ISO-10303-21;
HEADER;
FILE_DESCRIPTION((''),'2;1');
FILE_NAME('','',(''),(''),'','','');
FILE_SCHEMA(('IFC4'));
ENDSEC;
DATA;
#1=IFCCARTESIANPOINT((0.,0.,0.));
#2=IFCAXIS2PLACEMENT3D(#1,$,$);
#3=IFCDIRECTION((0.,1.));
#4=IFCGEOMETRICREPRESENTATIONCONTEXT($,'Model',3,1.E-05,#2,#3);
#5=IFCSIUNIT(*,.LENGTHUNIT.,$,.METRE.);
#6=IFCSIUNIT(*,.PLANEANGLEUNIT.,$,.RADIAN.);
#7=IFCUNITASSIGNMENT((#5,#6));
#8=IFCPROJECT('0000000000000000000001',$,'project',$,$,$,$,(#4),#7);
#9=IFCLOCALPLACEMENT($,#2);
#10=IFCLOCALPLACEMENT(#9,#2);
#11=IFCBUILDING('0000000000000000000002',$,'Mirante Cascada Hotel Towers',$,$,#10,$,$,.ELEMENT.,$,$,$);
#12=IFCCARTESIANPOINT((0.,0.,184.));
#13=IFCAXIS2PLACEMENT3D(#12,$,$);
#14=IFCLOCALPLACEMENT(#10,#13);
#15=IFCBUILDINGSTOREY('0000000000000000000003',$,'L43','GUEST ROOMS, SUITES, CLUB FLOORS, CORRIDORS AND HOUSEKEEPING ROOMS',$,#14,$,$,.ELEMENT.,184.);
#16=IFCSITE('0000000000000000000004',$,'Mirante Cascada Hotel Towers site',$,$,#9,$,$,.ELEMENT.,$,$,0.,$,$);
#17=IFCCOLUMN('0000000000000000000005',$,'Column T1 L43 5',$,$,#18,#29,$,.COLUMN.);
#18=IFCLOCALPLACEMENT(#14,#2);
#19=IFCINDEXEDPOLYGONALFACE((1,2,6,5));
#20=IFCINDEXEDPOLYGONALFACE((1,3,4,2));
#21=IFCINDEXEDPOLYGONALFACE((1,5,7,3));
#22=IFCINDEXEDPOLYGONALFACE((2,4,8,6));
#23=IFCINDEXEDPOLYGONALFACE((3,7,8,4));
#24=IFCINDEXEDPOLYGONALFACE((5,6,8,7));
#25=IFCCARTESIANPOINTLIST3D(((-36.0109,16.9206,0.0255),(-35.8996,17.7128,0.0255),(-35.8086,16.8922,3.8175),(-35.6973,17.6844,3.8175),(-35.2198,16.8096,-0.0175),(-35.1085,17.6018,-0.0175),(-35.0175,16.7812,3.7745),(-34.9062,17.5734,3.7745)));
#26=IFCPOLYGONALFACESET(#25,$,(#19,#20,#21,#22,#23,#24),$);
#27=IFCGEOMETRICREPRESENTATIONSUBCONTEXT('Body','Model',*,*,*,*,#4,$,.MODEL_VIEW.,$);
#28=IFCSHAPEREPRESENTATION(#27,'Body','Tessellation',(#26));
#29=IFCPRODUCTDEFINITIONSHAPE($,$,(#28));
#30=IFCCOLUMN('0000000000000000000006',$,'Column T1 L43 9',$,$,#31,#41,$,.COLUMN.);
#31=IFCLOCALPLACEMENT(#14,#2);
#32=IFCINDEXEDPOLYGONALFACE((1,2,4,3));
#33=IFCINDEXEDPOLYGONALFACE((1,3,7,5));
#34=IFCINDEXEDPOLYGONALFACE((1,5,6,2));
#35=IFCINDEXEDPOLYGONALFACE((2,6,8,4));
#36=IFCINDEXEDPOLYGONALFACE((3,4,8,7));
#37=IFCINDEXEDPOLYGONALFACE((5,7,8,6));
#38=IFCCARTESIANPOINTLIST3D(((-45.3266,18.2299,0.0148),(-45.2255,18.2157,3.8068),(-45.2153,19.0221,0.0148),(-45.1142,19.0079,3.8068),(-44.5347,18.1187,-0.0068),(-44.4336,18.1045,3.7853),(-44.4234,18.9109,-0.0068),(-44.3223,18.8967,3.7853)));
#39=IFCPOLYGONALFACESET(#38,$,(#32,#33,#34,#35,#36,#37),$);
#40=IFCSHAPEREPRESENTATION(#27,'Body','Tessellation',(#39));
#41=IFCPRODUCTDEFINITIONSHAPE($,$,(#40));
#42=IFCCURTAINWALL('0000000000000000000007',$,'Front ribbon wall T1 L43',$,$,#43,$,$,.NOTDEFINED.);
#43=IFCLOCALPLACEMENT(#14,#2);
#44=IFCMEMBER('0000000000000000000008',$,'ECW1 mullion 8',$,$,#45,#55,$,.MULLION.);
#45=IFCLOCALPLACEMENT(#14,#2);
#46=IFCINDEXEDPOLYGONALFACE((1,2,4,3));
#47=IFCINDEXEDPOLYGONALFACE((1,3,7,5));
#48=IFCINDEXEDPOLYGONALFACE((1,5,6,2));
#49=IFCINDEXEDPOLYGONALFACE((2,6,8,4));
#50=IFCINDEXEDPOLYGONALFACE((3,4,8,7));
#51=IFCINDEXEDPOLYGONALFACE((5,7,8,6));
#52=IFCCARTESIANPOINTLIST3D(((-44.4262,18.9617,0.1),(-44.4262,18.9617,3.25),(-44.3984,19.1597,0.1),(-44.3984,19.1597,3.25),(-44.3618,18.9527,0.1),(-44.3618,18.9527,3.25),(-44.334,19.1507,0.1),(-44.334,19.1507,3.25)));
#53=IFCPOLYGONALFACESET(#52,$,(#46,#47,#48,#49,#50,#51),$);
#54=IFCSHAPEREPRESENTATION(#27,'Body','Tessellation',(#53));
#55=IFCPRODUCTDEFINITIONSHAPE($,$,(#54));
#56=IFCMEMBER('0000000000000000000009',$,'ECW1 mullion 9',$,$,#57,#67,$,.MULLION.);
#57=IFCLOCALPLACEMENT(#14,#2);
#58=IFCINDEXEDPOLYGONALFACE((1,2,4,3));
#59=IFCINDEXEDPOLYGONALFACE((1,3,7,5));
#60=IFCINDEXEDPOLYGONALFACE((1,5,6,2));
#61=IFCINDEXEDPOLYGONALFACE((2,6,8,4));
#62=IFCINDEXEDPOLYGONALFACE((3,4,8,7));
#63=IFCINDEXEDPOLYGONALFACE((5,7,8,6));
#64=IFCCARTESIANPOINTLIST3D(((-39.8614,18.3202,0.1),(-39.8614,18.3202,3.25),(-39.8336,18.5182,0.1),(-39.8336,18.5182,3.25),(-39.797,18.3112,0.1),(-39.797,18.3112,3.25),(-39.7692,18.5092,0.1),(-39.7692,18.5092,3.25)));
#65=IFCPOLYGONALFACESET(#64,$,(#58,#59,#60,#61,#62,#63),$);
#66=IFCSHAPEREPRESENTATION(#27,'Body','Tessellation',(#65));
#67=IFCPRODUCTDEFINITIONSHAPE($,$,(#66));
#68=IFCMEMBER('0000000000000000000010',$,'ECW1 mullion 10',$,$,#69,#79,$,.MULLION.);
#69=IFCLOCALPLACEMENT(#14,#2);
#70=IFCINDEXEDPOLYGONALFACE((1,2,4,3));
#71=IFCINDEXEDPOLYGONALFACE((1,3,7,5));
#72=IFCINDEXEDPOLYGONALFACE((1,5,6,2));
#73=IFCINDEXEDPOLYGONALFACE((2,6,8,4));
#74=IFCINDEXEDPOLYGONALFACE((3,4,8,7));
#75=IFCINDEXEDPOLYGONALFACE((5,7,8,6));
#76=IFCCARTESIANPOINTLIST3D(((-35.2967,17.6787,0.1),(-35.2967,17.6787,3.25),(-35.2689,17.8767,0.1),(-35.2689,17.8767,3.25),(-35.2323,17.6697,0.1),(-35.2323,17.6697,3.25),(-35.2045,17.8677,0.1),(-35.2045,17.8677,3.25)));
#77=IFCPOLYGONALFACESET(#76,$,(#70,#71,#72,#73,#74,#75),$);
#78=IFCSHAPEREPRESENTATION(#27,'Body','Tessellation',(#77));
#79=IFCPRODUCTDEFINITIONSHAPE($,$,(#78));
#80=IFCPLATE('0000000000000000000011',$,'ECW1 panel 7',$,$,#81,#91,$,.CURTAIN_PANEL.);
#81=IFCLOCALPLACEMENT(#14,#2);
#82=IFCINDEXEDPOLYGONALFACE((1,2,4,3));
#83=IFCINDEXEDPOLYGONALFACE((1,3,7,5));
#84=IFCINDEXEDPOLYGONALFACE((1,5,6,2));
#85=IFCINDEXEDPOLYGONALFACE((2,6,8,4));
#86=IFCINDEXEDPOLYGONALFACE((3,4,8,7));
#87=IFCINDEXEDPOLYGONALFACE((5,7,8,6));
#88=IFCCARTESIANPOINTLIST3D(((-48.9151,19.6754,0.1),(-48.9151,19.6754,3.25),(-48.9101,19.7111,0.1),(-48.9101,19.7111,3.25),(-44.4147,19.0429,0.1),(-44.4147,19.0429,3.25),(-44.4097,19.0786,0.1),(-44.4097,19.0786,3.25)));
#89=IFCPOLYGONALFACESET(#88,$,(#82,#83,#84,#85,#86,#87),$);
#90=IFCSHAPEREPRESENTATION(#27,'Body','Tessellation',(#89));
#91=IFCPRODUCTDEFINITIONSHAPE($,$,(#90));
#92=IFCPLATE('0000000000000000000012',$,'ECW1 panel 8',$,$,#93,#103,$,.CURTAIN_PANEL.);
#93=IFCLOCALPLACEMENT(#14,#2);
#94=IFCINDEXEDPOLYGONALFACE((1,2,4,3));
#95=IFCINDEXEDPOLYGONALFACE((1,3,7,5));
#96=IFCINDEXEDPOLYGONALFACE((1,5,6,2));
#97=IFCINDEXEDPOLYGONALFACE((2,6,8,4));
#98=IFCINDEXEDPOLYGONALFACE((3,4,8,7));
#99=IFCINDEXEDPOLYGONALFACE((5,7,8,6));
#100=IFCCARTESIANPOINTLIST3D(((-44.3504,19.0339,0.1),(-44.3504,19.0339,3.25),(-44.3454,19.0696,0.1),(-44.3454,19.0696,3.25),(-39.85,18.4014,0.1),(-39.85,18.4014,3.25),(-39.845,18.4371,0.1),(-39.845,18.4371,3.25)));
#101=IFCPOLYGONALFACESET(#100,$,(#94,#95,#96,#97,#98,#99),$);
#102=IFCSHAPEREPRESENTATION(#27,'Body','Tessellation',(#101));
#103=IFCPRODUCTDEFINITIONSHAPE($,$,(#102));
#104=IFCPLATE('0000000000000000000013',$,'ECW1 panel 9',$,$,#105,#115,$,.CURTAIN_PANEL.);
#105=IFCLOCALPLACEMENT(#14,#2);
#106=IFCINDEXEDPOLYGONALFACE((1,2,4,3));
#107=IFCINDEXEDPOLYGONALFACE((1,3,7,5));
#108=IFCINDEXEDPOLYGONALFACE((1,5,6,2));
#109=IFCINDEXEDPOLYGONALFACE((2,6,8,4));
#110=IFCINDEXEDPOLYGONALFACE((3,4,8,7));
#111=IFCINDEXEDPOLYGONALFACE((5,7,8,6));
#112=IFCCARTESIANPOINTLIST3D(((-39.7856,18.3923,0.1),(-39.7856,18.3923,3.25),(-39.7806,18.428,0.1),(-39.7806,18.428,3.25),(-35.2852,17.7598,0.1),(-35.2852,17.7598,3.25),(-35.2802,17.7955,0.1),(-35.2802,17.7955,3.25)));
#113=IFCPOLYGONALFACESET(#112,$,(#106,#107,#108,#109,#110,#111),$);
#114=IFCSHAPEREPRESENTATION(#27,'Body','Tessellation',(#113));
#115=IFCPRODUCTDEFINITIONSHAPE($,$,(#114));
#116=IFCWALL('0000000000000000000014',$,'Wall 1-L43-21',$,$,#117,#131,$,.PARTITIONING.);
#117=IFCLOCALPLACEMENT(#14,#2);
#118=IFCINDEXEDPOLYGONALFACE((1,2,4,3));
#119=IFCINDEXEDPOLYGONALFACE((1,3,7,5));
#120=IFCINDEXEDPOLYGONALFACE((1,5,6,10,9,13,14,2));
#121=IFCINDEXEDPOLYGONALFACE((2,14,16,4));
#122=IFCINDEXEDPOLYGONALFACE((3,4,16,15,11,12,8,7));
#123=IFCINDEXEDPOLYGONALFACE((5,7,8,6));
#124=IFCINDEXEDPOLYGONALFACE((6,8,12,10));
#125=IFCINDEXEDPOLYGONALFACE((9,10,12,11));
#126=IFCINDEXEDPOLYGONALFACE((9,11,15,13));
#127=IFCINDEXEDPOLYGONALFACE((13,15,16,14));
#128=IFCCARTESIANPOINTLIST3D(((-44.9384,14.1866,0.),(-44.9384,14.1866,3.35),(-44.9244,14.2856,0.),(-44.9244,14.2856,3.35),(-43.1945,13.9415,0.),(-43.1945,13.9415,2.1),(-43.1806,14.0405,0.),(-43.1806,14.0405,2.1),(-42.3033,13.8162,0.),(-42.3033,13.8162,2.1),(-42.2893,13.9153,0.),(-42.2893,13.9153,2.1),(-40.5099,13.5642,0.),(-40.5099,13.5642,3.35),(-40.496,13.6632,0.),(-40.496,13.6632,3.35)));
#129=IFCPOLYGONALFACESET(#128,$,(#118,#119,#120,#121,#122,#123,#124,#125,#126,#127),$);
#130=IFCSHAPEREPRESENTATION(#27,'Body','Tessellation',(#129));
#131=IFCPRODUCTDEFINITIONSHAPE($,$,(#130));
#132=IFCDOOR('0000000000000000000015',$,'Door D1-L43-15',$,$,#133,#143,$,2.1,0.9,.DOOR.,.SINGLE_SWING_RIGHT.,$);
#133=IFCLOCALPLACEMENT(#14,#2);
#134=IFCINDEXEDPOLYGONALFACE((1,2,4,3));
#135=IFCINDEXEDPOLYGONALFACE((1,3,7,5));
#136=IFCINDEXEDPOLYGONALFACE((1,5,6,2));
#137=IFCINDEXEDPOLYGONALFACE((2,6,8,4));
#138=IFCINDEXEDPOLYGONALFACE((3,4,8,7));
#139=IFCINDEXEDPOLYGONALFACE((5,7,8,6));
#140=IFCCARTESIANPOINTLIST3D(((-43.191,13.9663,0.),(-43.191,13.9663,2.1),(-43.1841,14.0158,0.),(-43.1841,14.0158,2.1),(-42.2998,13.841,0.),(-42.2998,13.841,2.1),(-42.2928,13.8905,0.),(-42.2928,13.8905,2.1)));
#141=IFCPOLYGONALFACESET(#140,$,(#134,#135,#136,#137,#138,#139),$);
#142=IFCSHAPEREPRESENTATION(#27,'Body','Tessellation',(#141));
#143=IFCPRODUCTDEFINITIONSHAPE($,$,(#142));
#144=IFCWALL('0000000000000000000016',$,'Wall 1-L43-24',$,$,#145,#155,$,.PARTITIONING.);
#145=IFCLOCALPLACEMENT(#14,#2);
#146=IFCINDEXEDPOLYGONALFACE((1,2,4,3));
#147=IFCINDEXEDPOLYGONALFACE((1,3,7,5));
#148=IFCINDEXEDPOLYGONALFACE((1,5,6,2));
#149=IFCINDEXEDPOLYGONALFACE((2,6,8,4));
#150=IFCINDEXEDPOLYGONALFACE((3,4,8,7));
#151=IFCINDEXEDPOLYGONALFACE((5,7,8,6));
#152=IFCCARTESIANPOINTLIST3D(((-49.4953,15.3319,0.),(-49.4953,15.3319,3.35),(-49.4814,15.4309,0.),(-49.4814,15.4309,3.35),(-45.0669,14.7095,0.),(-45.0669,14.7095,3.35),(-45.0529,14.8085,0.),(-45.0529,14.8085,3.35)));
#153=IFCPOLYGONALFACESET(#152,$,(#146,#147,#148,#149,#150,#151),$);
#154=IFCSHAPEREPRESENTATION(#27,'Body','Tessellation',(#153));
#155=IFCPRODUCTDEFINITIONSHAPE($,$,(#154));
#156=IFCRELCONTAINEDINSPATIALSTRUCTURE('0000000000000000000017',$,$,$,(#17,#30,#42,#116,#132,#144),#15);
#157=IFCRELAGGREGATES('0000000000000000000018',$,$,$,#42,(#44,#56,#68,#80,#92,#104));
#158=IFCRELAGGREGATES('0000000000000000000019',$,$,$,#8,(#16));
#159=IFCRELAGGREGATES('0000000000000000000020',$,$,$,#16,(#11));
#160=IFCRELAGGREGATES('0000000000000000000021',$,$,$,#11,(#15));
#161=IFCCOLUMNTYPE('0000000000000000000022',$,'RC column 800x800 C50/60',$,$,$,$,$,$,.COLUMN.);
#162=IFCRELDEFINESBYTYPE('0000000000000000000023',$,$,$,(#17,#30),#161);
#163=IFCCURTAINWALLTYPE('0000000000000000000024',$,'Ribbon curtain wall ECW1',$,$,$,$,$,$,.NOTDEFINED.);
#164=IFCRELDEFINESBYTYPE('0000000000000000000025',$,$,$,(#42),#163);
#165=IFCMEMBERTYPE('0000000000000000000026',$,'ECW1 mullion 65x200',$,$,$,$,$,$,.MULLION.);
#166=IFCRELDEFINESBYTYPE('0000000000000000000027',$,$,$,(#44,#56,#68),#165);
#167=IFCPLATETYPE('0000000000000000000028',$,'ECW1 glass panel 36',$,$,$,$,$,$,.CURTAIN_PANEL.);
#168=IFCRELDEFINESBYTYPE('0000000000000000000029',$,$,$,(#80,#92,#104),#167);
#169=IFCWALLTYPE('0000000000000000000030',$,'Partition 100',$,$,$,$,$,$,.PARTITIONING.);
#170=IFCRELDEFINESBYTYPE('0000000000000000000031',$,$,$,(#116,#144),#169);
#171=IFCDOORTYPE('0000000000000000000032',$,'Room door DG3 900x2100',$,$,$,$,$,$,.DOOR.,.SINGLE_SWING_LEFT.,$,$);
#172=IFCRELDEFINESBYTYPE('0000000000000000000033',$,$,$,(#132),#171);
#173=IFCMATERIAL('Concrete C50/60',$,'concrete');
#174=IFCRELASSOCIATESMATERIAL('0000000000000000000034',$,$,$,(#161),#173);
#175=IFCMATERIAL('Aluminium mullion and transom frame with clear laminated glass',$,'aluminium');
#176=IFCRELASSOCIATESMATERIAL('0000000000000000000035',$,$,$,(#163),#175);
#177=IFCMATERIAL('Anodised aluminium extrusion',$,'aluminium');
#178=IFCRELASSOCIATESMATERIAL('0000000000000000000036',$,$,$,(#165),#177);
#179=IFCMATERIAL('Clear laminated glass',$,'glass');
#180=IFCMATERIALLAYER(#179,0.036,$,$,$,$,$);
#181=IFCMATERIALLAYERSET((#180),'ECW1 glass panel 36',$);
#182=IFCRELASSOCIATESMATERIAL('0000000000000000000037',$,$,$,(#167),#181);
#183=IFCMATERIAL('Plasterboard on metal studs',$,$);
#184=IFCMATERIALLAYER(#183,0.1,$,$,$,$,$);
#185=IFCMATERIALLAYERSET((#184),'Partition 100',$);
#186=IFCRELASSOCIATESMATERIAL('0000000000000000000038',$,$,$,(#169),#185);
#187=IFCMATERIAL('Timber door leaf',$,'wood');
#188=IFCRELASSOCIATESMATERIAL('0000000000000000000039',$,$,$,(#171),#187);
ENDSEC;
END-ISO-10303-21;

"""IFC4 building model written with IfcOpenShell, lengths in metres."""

from ifc_helpers import new_model, si_unit, direction, frame, frame_2d, origin, origin_2d, place, context, subcontext, project, spatial, rectangle, extrude, material, layer, layer_set, material_profile, profile_set, type_object, element, fill, aggregate, save


model = new_model("IFC4")

# Units and contexts
model_context = context("Model", 3, precision=1e-05, world=origin(), true_north=direction((0.0, 1.0)))
body_context = subcontext(model_context, "Body", "Model", "MODEL_VIEW")
ifc_project = project(units=[si_unit("LENGTHUNIT", "METRE"), si_unit("PLANEANGLEUNIT", "RADIAN")], contexts=[model_context])

# Site, building, storey
site_placement = place(None, origin())
site = spatial("IfcSite", under=ifc_project, at=site_placement, Name="Mirante Cascada Hotel Towers site", CompositionType="ELEMENT", RefElevation=0.0)
building_placement = place(site_placement, origin())
building = spatial("IfcBuilding", under=site, at=building_placement, Name="Mirante Cascada Hotel Towers", CompositionType="ELEMENT")
storey_placement = place(building_placement, frame((0.0, 0.0, 184.0)))
storey = spatial("IfcBuildingStorey", under=building, at=storey_placement, Name="L43", Description="GUEST ROOMS, SUITES, CLUB FLOORS, CORRIDORS AND HOUSEKEEPING ROOMS", CompositionType="ELEMENT", Elevation=184.0)

# Columns
ifc_material_1 = material(Name="Concrete C50/60", Category="concrete")
ifc_material_profile_1 = material_profile(ifc_material_1, rectangle(XDim=0.8, YDim=0.8, at=origin_2d()), Name="RC column 800x800 C50/60")
ifc_profile_set_1 = profile_set([ifc_material_profile_1], Name="Concrete C50/60")
column_type = type_object("IfcColumnType", Name="RC column 800x800 C50/60", PredefinedType="COLUMN", material=ifc_profile_set_1)
column_1_placement = place(storey_placement, frame((-35.5597, 17.2612, 0.004), z_axis=(0.053272, -0.007479, 0.998552), x_axis=(0.139022, 0.990289, 0.0)))
element("IfcColumn", 1, at=column_1_placement, inside=storey, type_object=column_type, Name="Column T1 L43 5", PredefinedType="COLUMN", context=body_context, shape_type="SweptSolid", body=[
    extrude(rectangle(XDim=0.8, YDim=0.8, at=origin_2d()), origin(), (0.0, 0.0, 1.0), 3.7975),
])
column_2_placement = place(storey_placement, frame((-44.875, 18.5704, 0.004), z_axis=(0.026652, -0.003743, 0.999638), x_axis=(0.13909, 0.99028, 0.0)))
element("IfcColumn", 2, at=column_2_placement, inside=storey, type_object=column_type, Name="Column T1 L43 9", PredefinedType="COLUMN", context=body_context, shape_type="SweptSolid", body=[
    extrude(rectangle(XDim=0.8, YDim=0.8, at=origin_2d()), origin(), (0.0, 0.0, 1.0), 3.7934),
])

# Curtain wall, members, plates
ifc_material_2 = material(Name="Aluminium mullion and transom frame with clear laminated glass", Category="aluminium")
curtain_wall_type = type_object("IfcCurtainWallType", Name="Ribbon curtain wall ECW1", PredefinedType="NOTDEFINED", material=ifc_material_2)
curtain_wall_placement = place(storey_placement, origin())
curtain_wall = element("IfcCurtainWall", 3, at=curtain_wall_placement, inside=storey, type_object=curtain_wall_type, Name="Front ribbon wall T1 L43", PredefinedType="NOTDEFINED")
ifc_material_3 = material(Name="Anodised aluminium extrusion", Category="aluminium")
ifc_material_profile_2 = material_profile(ifc_material_3, rectangle(XDim=0.2, YDim=0.065, at=origin_2d()), Name="ECW1 MULLION 65x200")
ifc_profile_set_2 = profile_set([ifc_material_profile_2], Name="Anodised aluminium extrusion")
member_type = type_object("IfcMemberType", Name="ECW1 mullion 65x200", PredefinedType="MULLION", material=ifc_profile_set_2)
member_1_placement = place(storey_placement, frame((-44.3801, 19.0562, 0.1), z_axis=(0.0, 0.0, 1.0), x_axis=(0.139173, 0.990268, 0.0)))
member_1 = element("IfcMember", 4, at=member_1_placement, type_object=member_type, Name="ECW1 mullion 8", PredefinedType="MULLION", context=body_context, shape_type="SweptSolid", body=[
    extrude(rectangle(XDim=0.2, YDim=0.065, at=origin_2d()), origin(), (0.0, 0.0, 1.0), 3.15),
])
member_2_placement = place(storey_placement, frame((-39.8153, 18.4147, 0.1), z_axis=(0.0, 0.0, 1.0), x_axis=(0.139173, 0.990268, 0.0)))
member_2 = element("IfcMember", 5, at=member_2_placement, type_object=member_type, Name="ECW1 mullion 9", PredefinedType="MULLION", context=body_context, shape_type="SweptSolid", body=[
    extrude(rectangle(XDim=0.2, YDim=0.065, at=origin_2d()), origin(), (0.0, 0.0, 1.0), 3.15),
])
member_3_placement = place(storey_placement, frame((-35.2506, 17.7732, 0.1), z_axis=(0.0, 0.0, 1.0), x_axis=(0.139173, 0.990268, 0.0)))
member_3 = element("IfcMember", 6, at=member_3_placement, type_object=member_type, Name="ECW1 mullion 10", PredefinedType="MULLION", context=body_context, shape_type="SweptSolid", body=[
    extrude(rectangle(XDim=0.2, YDim=0.065, at=origin_2d()), origin(), (0.0, 0.0, 1.0), 3.15),
])
ifc_material_4 = material(Name="Clear laminated glass", Category="glass")
ifc_layer_1 = layer(ifc_material_4, 0.036)
ifc_layer_set_1 = layer_set([ifc_layer_1], Name="ECW1 glass panel 36")
plate_type = type_object("IfcPlateType", Name="ECW1 glass panel 36", PredefinedType="CURTAIN_PANEL", material=ifc_layer_set_1)
plate_1_placement = place(storey_placement, frame((-46.6624, 19.377, 0.1), z_axis=(0.0, 0.0, 1.0), x_axis=(0.990268, -0.139173, 0.0)))
plate_1 = element("IfcPlate", 7, at=plate_1_placement, type_object=plate_type, Name="ECW1 panel 7", PredefinedType="CURTAIN_PANEL", context=body_context, shape_type="SweptSolid", body=[
    extrude(rectangle(XDim=4.5446, YDim=0.036, at=origin_2d()), origin(), (0.0, 0.0, 1.0), 3.15),
])
plate_2_placement = place(storey_placement, frame((-42.0977, 18.7355, 0.1), z_axis=(0.0, 0.0, 1.0), x_axis=(0.990268, -0.139173, 0.0)))
plate_2 = element("IfcPlate", 8, at=plate_2_placement, type_object=plate_type, Name="ECW1 panel 8", PredefinedType="CURTAIN_PANEL", context=body_context, shape_type="SweptSolid", body=[
    extrude(rectangle(XDim=4.5446, YDim=0.036, at=origin_2d()), origin(), (0.0, 0.0, 1.0), 3.15),
])
plate_3_placement = place(storey_placement, frame((-37.5329, 18.0939, 0.1), z_axis=(0.0, 0.0, 1.0), x_axis=(0.990268, -0.139173, 0.0)))
plate_3 = element("IfcPlate", 9, at=plate_3_placement, type_object=plate_type, Name="ECW1 panel 9", PredefinedType="CURTAIN_PANEL", context=body_context, shape_type="SweptSolid", body=[
    extrude(rectangle(XDim=4.5446, YDim=0.036, at=origin_2d()), origin(), (0.0, 0.0, 1.0), 3.15),
])
aggregate(curtain_wall, [member_1, member_2, member_3, plate_1, plate_2, plate_3])

# Wall, opening, door
ifc_material_5 = material(Name="Plasterboard on metal studs")
ifc_layer_2 = layer(ifc_material_5, 0.1)
ifc_layer_set_2 = layer_set([ifc_layer_2], Name="Partition 100")
wall_type = type_object("IfcWallType", Name="Partition 100", PredefinedType="PARTITIONING", material=ifc_layer_set_2)
wall_1_placement = place(storey_placement, frame((-44.9314, 14.2361, 0.0), z_axis=(0.0, 0.0, 1.0), x_axis=(0.990268, -0.139176, 0.0)))
wall_1 = element("IfcWall", 10, at=wall_1_placement, inside=storey, type_object=wall_type, Name="Wall 1-L43-21", PredefinedType="PARTITIONING", context=body_context, shape_type="SweptSolid", body=[
    extrude(rectangle(XDim=4.472, YDim=0.1, at=frame_2d((2.236, 0.0))), origin(), (0.0, 0.0, 1.0), 3.35),
])
opening_1_placement = place(wall_1_placement, frame((1.761, 0.0, 0.0)))
opening_1 = element("IfcOpeningElement", 11, at=opening_1_placement, cuts=wall_1, PredefinedType="OPENING", context=body_context, shape_type="SweptSolid", body=[
    extrude(rectangle(XDim=0.9, YDim=2.1, at=frame_2d((0.45, 1.05))), frame((0.0, 0.05, 0.0), z_axis=(0.0, -1.0, 0.0), x_axis=(1.0, 0.0, 0.0)), (0.0, 0.0, 1.0), 0.1),
])
ifc_material_6 = material(Name="Timber door leaf", Category="wood")
door_type_1 = type_object("IfcDoorType", Name="Room door DG3 900x2100", OperationType="SINGLE_SWING_LEFT", PredefinedType="DOOR", material=ifc_material_6)
door_1_placement = place(opening_1_placement, frame((0.9, 0.0, 0.0), z_axis=(0.0, 0.0, 1.0), x_axis=(-1.0, 0.0, 0.0)))
door_1 = element("IfcDoor", 12, at=door_1_placement, inside=storey, type_object=door_type_1, Name="Door D1-L43-15", OperationType="SINGLE_SWING_RIGHT", OverallHeight=2.1, OverallWidth=0.9, PredefinedType="DOOR", context=body_context, shape_type="SweptSolid", body=[
    extrude(rectangle(XDim=0.9, YDim=2.1, at=frame_2d((0.45, 1.05))), frame((0.0, 0.025, 0.0), z_axis=(0.0, -1.0, 0.0), x_axis=(1.0, 0.0, 0.0)), (0.0, 0.0, 1.0), 0.05),
])
fill(opening_1, door_1)

# Wall
wall_2_placement = place(storey_placement, frame((-45.0599, 14.759, 0.0), z_axis=(0.0, 0.0, 1.0), x_axis=(-0.990268, 0.139176, 0.0)))
element("IfcWall", 13, at=wall_2_placement, inside=storey, type_object=wall_type, Name="Wall 1-L43-24", PredefinedType="PARTITIONING", context=body_context, shape_type="SweptSolid", body=[
    extrude(rectangle(XDim=4.472, YDim=0.1, at=frame_2d((2.236, 0.0))), origin(), (0.0, 0.0, 1.0), 3.35),
])

save(model, "model.ifc")
